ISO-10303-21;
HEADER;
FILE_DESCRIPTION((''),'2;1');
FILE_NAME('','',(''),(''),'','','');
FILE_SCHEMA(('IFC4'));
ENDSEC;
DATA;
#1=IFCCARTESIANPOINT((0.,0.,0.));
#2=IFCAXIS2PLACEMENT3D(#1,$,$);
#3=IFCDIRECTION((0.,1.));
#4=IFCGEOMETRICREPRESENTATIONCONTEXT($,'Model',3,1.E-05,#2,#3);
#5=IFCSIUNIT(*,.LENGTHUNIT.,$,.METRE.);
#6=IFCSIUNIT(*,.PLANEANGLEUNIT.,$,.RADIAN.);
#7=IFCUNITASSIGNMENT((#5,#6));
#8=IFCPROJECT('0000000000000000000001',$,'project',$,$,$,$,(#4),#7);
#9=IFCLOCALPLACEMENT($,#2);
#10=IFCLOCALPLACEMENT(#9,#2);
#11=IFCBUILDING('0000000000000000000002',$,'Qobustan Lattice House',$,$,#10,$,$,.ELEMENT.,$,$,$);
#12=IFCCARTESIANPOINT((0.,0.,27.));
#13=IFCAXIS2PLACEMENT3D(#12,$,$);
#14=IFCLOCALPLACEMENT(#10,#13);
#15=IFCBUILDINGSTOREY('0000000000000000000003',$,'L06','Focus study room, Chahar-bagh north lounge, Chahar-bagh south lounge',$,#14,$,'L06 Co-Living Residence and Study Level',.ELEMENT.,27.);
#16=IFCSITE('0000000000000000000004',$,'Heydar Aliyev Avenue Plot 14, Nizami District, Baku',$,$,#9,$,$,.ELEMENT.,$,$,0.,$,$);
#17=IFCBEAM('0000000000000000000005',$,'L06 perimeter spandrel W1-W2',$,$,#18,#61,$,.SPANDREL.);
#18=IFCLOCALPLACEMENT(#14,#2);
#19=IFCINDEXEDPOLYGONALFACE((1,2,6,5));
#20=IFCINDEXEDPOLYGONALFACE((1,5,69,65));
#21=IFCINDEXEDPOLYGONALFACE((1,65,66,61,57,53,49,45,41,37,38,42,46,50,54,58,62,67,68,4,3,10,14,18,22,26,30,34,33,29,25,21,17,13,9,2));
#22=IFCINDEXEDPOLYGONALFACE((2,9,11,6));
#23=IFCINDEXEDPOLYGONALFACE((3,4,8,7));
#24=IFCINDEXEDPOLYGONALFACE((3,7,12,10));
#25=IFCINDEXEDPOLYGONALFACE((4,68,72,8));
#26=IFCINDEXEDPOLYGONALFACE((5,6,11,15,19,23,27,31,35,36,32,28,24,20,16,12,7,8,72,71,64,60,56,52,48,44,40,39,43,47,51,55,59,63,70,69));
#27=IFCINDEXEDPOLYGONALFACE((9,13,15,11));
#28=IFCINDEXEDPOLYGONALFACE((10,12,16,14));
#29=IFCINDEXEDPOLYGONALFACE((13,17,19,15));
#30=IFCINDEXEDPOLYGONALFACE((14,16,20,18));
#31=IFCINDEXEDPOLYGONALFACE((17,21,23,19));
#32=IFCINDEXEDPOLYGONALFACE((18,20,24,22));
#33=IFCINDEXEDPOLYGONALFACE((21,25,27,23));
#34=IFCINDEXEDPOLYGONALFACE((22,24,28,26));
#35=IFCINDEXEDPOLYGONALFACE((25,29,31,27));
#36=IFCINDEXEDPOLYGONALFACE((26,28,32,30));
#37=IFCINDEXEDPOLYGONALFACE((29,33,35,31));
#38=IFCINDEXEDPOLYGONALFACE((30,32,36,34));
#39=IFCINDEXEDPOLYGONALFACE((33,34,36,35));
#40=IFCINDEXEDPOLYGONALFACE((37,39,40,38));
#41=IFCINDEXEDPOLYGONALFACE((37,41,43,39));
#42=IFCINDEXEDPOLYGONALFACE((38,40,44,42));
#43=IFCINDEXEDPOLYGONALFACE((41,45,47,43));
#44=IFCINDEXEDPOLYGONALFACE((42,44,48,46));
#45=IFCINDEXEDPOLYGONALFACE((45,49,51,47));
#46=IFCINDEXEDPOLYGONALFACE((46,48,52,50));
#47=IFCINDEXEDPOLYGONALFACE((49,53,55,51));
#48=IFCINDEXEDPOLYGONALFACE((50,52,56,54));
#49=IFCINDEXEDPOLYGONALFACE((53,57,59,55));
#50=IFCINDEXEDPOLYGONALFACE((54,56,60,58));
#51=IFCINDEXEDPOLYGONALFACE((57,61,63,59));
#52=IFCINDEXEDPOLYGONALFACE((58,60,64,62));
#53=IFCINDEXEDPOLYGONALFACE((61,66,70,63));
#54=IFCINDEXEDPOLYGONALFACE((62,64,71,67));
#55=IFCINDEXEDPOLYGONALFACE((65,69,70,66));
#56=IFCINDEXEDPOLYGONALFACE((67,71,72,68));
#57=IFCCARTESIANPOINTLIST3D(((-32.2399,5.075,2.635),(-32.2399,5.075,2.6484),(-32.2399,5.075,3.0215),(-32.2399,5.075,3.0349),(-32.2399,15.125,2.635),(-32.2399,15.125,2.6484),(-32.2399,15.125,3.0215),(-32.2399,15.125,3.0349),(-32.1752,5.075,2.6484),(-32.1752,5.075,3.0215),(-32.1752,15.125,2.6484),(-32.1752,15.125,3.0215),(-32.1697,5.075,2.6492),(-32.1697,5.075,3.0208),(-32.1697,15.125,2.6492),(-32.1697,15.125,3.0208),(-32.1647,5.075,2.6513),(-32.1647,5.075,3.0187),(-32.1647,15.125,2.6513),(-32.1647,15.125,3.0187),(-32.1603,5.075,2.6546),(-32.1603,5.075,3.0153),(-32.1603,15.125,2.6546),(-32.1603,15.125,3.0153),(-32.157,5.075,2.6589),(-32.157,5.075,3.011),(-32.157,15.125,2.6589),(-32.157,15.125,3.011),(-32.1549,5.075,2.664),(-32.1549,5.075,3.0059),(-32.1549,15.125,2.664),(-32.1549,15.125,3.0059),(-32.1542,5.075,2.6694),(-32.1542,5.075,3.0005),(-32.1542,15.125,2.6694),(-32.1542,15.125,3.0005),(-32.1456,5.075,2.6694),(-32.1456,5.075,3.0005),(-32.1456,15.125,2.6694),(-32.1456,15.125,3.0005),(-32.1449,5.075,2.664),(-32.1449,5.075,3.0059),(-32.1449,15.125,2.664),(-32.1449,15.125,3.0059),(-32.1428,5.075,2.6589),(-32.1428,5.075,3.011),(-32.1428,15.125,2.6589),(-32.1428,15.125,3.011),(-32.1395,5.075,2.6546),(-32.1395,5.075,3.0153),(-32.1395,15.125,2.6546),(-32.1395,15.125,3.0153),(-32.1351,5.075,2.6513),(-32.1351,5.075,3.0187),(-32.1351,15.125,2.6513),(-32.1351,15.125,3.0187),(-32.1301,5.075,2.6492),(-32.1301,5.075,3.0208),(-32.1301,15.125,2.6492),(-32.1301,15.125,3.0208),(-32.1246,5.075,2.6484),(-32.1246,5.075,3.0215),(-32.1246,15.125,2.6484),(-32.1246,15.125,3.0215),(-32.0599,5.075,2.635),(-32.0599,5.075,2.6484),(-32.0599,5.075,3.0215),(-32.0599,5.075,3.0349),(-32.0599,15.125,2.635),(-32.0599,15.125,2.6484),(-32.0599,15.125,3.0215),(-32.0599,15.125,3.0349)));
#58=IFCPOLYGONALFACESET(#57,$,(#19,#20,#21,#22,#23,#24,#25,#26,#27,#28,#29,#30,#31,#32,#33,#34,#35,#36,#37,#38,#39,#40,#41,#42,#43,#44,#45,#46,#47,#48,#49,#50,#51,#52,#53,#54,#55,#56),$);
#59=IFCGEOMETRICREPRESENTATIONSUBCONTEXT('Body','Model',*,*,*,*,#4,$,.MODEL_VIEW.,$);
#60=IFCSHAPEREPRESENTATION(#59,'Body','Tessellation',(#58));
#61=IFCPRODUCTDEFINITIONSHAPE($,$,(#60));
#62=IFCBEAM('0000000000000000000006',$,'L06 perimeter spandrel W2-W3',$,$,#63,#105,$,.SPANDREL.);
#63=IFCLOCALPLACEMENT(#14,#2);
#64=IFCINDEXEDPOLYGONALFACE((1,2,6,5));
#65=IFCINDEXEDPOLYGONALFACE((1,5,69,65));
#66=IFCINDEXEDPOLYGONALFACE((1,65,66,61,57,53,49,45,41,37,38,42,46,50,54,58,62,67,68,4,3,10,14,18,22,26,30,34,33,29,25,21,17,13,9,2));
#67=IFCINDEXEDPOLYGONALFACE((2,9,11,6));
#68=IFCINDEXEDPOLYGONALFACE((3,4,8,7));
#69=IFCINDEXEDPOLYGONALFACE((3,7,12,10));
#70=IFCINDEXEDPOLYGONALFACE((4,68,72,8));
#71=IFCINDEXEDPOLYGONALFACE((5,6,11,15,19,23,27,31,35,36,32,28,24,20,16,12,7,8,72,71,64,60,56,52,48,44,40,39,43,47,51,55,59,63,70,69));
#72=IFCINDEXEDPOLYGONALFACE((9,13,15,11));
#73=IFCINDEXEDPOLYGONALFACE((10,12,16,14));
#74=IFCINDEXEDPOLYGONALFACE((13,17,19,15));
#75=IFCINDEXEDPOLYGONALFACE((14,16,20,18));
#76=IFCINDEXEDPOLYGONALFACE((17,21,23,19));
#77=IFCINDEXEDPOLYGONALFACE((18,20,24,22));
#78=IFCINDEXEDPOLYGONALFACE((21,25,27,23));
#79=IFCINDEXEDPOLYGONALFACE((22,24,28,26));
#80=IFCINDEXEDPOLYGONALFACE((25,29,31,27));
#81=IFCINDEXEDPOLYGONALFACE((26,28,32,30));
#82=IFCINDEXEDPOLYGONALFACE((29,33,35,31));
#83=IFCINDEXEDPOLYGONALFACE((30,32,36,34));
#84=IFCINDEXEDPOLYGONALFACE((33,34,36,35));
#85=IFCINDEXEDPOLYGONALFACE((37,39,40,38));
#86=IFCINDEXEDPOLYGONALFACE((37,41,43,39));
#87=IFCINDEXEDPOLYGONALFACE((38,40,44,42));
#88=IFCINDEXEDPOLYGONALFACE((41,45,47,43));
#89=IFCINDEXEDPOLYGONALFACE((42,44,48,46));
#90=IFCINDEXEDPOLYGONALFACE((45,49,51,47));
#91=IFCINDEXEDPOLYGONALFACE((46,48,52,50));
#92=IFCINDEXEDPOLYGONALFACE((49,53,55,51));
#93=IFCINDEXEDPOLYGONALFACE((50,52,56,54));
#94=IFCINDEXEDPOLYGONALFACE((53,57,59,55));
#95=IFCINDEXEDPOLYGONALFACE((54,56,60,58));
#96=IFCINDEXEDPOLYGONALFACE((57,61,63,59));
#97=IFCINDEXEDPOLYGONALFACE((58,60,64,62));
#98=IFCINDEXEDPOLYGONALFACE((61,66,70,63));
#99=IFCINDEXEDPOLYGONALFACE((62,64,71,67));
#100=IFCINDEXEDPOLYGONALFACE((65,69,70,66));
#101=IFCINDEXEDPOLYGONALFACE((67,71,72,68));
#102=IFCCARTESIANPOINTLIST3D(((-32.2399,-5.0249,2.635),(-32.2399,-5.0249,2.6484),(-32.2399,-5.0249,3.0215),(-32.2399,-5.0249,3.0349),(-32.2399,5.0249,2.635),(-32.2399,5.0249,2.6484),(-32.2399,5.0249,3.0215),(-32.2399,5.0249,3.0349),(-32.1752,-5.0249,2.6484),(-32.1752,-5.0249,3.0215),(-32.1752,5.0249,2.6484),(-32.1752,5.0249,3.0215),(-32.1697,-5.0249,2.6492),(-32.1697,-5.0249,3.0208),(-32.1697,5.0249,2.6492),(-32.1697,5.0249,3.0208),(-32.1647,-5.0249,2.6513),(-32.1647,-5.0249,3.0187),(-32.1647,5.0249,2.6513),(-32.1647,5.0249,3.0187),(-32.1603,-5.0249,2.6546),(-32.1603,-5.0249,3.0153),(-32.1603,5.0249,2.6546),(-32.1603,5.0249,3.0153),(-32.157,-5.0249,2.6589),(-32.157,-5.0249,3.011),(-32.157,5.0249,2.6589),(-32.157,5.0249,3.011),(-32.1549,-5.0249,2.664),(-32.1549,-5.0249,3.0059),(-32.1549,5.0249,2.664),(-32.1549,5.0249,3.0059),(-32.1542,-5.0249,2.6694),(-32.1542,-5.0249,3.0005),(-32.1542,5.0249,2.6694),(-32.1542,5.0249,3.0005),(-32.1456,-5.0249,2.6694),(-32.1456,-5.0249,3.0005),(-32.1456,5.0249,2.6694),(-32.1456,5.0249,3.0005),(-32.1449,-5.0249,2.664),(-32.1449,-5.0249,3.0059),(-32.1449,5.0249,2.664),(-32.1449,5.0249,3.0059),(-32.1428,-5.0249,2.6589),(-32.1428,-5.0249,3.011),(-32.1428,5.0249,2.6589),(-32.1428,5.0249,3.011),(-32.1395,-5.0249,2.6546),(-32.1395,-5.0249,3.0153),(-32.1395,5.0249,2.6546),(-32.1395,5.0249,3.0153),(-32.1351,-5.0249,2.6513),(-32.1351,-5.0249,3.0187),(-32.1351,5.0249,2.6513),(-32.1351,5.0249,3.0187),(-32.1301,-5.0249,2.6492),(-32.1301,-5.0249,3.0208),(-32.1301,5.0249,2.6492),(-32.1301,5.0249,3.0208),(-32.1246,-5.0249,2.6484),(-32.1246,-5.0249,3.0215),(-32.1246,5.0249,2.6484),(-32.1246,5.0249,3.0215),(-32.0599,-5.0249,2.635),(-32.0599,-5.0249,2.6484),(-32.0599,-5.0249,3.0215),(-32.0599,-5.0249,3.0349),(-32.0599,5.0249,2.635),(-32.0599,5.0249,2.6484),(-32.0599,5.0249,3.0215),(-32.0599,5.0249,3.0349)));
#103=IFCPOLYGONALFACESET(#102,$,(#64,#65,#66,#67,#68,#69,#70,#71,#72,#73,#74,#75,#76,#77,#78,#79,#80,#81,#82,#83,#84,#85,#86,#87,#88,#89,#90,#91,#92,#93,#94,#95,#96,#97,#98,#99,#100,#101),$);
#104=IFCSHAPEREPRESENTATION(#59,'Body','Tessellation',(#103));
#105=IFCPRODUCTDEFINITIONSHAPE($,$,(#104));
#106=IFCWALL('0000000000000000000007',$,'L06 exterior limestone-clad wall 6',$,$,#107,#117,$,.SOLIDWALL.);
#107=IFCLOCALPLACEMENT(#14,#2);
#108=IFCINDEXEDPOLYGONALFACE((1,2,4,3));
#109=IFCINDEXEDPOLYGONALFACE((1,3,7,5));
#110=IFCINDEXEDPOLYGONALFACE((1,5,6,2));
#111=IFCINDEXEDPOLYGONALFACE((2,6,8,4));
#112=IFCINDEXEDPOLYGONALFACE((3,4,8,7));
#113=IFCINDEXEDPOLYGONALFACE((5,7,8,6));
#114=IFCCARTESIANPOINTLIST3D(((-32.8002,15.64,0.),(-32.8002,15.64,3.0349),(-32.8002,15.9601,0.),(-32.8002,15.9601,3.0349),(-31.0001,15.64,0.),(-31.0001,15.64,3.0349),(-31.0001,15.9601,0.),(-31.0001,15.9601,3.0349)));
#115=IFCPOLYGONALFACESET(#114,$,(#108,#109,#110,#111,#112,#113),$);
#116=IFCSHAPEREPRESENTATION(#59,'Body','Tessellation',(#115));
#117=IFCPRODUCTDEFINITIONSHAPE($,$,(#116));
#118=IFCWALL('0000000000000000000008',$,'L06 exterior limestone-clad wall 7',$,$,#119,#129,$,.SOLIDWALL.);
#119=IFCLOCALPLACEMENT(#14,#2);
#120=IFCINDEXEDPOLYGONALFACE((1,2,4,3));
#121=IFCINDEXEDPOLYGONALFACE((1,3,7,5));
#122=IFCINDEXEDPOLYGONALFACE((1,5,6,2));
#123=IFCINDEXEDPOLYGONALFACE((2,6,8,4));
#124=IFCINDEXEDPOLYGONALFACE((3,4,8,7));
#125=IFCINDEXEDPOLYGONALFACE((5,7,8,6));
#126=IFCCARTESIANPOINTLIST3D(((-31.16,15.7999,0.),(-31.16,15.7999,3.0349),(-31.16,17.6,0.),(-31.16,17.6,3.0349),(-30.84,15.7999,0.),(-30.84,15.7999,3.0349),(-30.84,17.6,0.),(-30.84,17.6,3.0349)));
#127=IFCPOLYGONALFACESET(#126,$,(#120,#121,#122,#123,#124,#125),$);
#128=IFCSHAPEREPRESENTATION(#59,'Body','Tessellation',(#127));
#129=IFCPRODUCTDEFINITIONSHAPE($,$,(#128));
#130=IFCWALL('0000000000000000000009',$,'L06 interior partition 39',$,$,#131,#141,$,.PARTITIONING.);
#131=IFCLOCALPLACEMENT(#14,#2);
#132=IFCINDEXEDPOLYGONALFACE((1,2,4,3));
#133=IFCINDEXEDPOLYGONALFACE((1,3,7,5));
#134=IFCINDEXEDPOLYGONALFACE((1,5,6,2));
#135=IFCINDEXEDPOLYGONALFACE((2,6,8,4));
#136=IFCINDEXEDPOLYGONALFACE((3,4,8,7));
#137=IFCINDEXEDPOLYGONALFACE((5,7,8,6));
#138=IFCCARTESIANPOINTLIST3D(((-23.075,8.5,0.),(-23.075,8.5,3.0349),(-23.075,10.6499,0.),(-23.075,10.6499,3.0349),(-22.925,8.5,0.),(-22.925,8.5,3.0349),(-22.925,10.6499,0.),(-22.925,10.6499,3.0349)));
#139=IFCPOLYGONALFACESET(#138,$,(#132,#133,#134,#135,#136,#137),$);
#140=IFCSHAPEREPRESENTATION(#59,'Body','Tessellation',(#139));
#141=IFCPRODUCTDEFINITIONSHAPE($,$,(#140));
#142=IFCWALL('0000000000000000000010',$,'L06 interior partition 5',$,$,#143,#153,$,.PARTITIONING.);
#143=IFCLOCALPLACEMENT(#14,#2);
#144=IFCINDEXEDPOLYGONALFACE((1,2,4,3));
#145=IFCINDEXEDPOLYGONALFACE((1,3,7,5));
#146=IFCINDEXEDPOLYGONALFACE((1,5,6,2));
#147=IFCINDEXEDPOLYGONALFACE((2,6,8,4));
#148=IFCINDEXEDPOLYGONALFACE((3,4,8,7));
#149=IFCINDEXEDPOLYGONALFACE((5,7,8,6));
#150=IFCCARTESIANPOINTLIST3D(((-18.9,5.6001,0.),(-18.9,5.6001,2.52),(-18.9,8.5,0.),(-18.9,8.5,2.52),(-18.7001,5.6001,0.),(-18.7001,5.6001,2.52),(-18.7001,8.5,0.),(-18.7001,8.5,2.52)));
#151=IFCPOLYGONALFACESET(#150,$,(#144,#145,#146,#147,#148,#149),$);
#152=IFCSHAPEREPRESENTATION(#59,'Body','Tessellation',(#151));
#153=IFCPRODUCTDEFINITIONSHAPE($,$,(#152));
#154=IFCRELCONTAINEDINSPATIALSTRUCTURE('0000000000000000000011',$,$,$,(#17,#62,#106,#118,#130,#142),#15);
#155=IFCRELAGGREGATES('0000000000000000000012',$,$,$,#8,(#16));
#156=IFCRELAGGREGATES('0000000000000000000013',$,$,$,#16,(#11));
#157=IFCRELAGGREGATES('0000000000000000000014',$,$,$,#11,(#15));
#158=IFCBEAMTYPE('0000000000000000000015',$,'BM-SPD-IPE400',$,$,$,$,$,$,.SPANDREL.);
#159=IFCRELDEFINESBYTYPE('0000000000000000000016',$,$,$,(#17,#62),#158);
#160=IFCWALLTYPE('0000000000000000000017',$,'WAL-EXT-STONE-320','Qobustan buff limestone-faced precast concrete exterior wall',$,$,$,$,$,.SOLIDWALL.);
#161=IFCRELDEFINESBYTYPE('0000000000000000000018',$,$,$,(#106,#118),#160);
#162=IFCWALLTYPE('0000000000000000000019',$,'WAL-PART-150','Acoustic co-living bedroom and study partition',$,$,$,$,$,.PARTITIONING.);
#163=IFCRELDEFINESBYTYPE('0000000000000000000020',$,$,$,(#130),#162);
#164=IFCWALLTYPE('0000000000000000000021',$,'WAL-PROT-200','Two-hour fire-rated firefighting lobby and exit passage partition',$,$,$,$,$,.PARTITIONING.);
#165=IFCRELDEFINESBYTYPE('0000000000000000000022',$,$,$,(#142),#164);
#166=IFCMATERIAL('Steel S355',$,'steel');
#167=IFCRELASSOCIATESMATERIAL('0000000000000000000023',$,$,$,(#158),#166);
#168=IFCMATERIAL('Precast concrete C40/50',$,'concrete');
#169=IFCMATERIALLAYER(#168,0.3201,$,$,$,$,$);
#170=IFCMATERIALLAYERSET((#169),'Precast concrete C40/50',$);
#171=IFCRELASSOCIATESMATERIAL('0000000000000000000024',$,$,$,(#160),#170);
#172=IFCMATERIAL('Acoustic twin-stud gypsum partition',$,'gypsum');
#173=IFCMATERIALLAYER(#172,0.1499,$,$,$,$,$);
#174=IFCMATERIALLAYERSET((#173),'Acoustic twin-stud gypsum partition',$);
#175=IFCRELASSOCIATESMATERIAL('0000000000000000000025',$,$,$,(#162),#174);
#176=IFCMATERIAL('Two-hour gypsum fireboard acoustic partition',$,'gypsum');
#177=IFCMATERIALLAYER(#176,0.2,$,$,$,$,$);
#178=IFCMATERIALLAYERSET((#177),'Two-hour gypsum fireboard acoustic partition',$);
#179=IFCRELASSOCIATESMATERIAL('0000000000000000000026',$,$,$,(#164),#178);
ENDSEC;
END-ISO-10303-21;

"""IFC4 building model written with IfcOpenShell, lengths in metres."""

from ifc_helpers import new_model, si_unit, direction, frame, frame_2d, origin, origin_2d, place, context, subcontext, project, spatial, rectangle, i_section, extrude, material, layer, layer_set, material_profile, profile_set, type_object, element, save


model = new_model("IFC4")

# Units and contexts
model_context = context("Model", 3, precision=1e-05, world=origin(), true_north=direction((0.0, 1.0)))
body_context = subcontext(model_context, "Body", "Model", "MODEL_VIEW")
ifc_project = project(units=[si_unit("LENGTHUNIT", "METRE"), si_unit("PLANEANGLEUNIT", "RADIAN")], contexts=[model_context])

# Site, building, storey
site_placement = place(None, origin())
site = spatial("IfcSite", under=ifc_project, at=site_placement, Name="Heydar Aliyev Avenue Plot 14, Nizami District, Baku", CompositionType="ELEMENT", RefElevation=0.0)
building_placement = place(site_placement, origin())
building = spatial("IfcBuilding", under=site, at=building_placement, Name="Qobustan Lattice House", CompositionType="ELEMENT")
storey_placement = place(building_placement, frame((0.0, 0.0, 27.0)))
storey = spatial("IfcBuildingStorey", under=building, at=storey_placement, Name="L06", Description="Focus study room, Chahar-bagh north lounge, Chahar-bagh south lounge", LongName="L06 Co-Living Residence and Study Level", CompositionType="ELEMENT", Elevation=27.0)

# Beams
ifc_material_1 = material(Name="Steel S355", Category="steel")
ifc_material_profile_1 = material_profile(ifc_material_1, i_section(OverallWidth=0.1799, OverallDepth=0.3999, WebThickness=0.0085, FlangeThickness=0.0134, FilletRadius=0.021, at=origin_2d()), Name="IPE400")
ifc_profile_set_1 = profile_set([ifc_material_profile_1], Name="Steel S355")
beam_type_1 = type_object("IfcBeamType", Name="BM-SPD-IPE400", PredefinedType="SPANDREL", material=ifc_profile_set_1)
beam_1_placement = place(storey_placement, frame((-32.1499, 15.125, 2.835), z_axis=(0.0, -1.0, 0.0), x_axis=(1.0, 0.0, 0.0)))
element("IfcBeam", 1, at=beam_1_placement, inside=storey, type_object=beam_type_1, Name="L06 perimeter spandrel W1-W2", PredefinedType="SPANDREL", context=body_context, shape_type="SweptSolid", body=[
    extrude(i_section(OverallWidth=0.1799, OverallDepth=0.3999, WebThickness=0.0085, FlangeThickness=0.0134, FilletRadius=0.021, at=origin_2d()), origin(), (0.0, 0.0, 1.0), 10.05),
])
beam_2_placement = place(storey_placement, frame((-32.1499, 5.0249, 2.835), z_axis=(0.0, -1.0, 0.0), x_axis=(1.0, 0.0, 0.0)))
element("IfcBeam", 2, at=beam_2_placement, inside=storey, type_object=beam_type_1, Name="L06 perimeter spandrel W2-W3", PredefinedType="SPANDREL", context=body_context, shape_type="SweptSolid", body=[
    extrude(i_section(OverallWidth=0.1799, OverallDepth=0.3999, WebThickness=0.0085, FlangeThickness=0.0134, FilletRadius=0.021, at=origin_2d()), origin(), (0.0, 0.0, 1.0), 10.0498),
])

# Walls
ifc_material_2 = material(Name="Precast concrete C40/50", Category="concrete")
ifc_layer_1 = layer(ifc_material_2, 0.3201)
ifc_layer_set_1 = layer_set([ifc_layer_1], Name="Precast concrete C40/50")
wall_type_1 = type_object("IfcWallType", Name="WAL-EXT-STONE-320", Description="Qobustan buff limestone-faced precast concrete exterior wall", PredefinedType="SOLIDWALL", material=ifc_layer_set_1)
for number, where, z_axis, x_axis, name in (
    (3, (-32.8, 15.8, 0.0), (0.0, 0.0, 1.0), (1.0, 0.0, 0.0), "L06 exterior limestone-clad wall 6"),
    (4, (-31.0, 15.8, 0.0), (0.0, 0.0, 1.0), (0.0, 1.0, 0.0), "L06 exterior limestone-clad wall 7"),
):
    element("IfcWall", number, at=place(storey_placement, frame(where, z_axis=z_axis, x_axis=x_axis)), inside=storey, type_object=wall_type_1, Name=name, PredefinedType="SOLIDWALL", context=body_context, shape_type="SweptSolid", body=[
        extrude(rectangle(XDim=1.8, YDim=0.3201, at=frame_2d((0.8999, 0.0))), origin(), (0.0, 0.0, 1.0), 3.0349),
    ])

# Shared definitions
ifc_material_3 = material(Name="Acoustic twin-stud gypsum partition", Category="gypsum")
ifc_layer_2 = layer(ifc_material_3, 0.1499)
ifc_layer_set_2 = layer_set([ifc_layer_2], Name="Acoustic twin-stud gypsum partition")
wall_type_2 = type_object("IfcWallType", Name="WAL-PART-150", Description="Acoustic co-living bedroom and study partition", PredefinedType="PARTITIONING", material=ifc_layer_set_2)

# Wall
wall_1_placement = place(storey_placement, frame((-23.0, 8.5, 0.0), z_axis=(0.0, 0.0, 1.0), x_axis=(0.0, 1.0, 0.0)))
element("IfcWall", 5, at=wall_1_placement, inside=storey, type_object=wall_type_2, Name="L06 interior partition 39", PredefinedType="PARTITIONING", context=body_context, shape_type="SweptSolid", body=[
    extrude(rectangle(XDim=2.1499, YDim=0.1499, at=frame_2d((1.075, 0.0))), origin(), (0.0, 0.0, 1.0), 3.0349),
])

# Wall
ifc_material_4 = material(Name="Two-hour gypsum fireboard acoustic partition", Category="gypsum")
ifc_layer_3 = layer(ifc_material_4, 0.2)
ifc_layer_set_3 = layer_set([ifc_layer_3], Name="Two-hour gypsum fireboard acoustic partition")
wall_type_3 = type_object("IfcWallType", Name="WAL-PROT-200", Description="Two-hour fire-rated firefighting lobby and exit passage partition", PredefinedType="PARTITIONING", material=ifc_layer_set_3)
wall_2_placement = place(storey_placement, frame((-18.8, 8.5, 0.0), z_axis=(0.0, 0.0, 1.0), x_axis=(0.0, -1.0, 0.0)))
element("IfcWall", 6, at=wall_2_placement, inside=storey, type_object=wall_type_3, Name="L06 interior partition 5", PredefinedType="PARTITIONING", context=body_context, shape_type="SweptSolid", body=[
    extrude(rectangle(XDim=2.8999, YDim=0.2, at=frame_2d((1.45, 0.0))), origin(), (0.0, 0.0, 1.0), 2.52),
])

save(model, "model.ifc")
